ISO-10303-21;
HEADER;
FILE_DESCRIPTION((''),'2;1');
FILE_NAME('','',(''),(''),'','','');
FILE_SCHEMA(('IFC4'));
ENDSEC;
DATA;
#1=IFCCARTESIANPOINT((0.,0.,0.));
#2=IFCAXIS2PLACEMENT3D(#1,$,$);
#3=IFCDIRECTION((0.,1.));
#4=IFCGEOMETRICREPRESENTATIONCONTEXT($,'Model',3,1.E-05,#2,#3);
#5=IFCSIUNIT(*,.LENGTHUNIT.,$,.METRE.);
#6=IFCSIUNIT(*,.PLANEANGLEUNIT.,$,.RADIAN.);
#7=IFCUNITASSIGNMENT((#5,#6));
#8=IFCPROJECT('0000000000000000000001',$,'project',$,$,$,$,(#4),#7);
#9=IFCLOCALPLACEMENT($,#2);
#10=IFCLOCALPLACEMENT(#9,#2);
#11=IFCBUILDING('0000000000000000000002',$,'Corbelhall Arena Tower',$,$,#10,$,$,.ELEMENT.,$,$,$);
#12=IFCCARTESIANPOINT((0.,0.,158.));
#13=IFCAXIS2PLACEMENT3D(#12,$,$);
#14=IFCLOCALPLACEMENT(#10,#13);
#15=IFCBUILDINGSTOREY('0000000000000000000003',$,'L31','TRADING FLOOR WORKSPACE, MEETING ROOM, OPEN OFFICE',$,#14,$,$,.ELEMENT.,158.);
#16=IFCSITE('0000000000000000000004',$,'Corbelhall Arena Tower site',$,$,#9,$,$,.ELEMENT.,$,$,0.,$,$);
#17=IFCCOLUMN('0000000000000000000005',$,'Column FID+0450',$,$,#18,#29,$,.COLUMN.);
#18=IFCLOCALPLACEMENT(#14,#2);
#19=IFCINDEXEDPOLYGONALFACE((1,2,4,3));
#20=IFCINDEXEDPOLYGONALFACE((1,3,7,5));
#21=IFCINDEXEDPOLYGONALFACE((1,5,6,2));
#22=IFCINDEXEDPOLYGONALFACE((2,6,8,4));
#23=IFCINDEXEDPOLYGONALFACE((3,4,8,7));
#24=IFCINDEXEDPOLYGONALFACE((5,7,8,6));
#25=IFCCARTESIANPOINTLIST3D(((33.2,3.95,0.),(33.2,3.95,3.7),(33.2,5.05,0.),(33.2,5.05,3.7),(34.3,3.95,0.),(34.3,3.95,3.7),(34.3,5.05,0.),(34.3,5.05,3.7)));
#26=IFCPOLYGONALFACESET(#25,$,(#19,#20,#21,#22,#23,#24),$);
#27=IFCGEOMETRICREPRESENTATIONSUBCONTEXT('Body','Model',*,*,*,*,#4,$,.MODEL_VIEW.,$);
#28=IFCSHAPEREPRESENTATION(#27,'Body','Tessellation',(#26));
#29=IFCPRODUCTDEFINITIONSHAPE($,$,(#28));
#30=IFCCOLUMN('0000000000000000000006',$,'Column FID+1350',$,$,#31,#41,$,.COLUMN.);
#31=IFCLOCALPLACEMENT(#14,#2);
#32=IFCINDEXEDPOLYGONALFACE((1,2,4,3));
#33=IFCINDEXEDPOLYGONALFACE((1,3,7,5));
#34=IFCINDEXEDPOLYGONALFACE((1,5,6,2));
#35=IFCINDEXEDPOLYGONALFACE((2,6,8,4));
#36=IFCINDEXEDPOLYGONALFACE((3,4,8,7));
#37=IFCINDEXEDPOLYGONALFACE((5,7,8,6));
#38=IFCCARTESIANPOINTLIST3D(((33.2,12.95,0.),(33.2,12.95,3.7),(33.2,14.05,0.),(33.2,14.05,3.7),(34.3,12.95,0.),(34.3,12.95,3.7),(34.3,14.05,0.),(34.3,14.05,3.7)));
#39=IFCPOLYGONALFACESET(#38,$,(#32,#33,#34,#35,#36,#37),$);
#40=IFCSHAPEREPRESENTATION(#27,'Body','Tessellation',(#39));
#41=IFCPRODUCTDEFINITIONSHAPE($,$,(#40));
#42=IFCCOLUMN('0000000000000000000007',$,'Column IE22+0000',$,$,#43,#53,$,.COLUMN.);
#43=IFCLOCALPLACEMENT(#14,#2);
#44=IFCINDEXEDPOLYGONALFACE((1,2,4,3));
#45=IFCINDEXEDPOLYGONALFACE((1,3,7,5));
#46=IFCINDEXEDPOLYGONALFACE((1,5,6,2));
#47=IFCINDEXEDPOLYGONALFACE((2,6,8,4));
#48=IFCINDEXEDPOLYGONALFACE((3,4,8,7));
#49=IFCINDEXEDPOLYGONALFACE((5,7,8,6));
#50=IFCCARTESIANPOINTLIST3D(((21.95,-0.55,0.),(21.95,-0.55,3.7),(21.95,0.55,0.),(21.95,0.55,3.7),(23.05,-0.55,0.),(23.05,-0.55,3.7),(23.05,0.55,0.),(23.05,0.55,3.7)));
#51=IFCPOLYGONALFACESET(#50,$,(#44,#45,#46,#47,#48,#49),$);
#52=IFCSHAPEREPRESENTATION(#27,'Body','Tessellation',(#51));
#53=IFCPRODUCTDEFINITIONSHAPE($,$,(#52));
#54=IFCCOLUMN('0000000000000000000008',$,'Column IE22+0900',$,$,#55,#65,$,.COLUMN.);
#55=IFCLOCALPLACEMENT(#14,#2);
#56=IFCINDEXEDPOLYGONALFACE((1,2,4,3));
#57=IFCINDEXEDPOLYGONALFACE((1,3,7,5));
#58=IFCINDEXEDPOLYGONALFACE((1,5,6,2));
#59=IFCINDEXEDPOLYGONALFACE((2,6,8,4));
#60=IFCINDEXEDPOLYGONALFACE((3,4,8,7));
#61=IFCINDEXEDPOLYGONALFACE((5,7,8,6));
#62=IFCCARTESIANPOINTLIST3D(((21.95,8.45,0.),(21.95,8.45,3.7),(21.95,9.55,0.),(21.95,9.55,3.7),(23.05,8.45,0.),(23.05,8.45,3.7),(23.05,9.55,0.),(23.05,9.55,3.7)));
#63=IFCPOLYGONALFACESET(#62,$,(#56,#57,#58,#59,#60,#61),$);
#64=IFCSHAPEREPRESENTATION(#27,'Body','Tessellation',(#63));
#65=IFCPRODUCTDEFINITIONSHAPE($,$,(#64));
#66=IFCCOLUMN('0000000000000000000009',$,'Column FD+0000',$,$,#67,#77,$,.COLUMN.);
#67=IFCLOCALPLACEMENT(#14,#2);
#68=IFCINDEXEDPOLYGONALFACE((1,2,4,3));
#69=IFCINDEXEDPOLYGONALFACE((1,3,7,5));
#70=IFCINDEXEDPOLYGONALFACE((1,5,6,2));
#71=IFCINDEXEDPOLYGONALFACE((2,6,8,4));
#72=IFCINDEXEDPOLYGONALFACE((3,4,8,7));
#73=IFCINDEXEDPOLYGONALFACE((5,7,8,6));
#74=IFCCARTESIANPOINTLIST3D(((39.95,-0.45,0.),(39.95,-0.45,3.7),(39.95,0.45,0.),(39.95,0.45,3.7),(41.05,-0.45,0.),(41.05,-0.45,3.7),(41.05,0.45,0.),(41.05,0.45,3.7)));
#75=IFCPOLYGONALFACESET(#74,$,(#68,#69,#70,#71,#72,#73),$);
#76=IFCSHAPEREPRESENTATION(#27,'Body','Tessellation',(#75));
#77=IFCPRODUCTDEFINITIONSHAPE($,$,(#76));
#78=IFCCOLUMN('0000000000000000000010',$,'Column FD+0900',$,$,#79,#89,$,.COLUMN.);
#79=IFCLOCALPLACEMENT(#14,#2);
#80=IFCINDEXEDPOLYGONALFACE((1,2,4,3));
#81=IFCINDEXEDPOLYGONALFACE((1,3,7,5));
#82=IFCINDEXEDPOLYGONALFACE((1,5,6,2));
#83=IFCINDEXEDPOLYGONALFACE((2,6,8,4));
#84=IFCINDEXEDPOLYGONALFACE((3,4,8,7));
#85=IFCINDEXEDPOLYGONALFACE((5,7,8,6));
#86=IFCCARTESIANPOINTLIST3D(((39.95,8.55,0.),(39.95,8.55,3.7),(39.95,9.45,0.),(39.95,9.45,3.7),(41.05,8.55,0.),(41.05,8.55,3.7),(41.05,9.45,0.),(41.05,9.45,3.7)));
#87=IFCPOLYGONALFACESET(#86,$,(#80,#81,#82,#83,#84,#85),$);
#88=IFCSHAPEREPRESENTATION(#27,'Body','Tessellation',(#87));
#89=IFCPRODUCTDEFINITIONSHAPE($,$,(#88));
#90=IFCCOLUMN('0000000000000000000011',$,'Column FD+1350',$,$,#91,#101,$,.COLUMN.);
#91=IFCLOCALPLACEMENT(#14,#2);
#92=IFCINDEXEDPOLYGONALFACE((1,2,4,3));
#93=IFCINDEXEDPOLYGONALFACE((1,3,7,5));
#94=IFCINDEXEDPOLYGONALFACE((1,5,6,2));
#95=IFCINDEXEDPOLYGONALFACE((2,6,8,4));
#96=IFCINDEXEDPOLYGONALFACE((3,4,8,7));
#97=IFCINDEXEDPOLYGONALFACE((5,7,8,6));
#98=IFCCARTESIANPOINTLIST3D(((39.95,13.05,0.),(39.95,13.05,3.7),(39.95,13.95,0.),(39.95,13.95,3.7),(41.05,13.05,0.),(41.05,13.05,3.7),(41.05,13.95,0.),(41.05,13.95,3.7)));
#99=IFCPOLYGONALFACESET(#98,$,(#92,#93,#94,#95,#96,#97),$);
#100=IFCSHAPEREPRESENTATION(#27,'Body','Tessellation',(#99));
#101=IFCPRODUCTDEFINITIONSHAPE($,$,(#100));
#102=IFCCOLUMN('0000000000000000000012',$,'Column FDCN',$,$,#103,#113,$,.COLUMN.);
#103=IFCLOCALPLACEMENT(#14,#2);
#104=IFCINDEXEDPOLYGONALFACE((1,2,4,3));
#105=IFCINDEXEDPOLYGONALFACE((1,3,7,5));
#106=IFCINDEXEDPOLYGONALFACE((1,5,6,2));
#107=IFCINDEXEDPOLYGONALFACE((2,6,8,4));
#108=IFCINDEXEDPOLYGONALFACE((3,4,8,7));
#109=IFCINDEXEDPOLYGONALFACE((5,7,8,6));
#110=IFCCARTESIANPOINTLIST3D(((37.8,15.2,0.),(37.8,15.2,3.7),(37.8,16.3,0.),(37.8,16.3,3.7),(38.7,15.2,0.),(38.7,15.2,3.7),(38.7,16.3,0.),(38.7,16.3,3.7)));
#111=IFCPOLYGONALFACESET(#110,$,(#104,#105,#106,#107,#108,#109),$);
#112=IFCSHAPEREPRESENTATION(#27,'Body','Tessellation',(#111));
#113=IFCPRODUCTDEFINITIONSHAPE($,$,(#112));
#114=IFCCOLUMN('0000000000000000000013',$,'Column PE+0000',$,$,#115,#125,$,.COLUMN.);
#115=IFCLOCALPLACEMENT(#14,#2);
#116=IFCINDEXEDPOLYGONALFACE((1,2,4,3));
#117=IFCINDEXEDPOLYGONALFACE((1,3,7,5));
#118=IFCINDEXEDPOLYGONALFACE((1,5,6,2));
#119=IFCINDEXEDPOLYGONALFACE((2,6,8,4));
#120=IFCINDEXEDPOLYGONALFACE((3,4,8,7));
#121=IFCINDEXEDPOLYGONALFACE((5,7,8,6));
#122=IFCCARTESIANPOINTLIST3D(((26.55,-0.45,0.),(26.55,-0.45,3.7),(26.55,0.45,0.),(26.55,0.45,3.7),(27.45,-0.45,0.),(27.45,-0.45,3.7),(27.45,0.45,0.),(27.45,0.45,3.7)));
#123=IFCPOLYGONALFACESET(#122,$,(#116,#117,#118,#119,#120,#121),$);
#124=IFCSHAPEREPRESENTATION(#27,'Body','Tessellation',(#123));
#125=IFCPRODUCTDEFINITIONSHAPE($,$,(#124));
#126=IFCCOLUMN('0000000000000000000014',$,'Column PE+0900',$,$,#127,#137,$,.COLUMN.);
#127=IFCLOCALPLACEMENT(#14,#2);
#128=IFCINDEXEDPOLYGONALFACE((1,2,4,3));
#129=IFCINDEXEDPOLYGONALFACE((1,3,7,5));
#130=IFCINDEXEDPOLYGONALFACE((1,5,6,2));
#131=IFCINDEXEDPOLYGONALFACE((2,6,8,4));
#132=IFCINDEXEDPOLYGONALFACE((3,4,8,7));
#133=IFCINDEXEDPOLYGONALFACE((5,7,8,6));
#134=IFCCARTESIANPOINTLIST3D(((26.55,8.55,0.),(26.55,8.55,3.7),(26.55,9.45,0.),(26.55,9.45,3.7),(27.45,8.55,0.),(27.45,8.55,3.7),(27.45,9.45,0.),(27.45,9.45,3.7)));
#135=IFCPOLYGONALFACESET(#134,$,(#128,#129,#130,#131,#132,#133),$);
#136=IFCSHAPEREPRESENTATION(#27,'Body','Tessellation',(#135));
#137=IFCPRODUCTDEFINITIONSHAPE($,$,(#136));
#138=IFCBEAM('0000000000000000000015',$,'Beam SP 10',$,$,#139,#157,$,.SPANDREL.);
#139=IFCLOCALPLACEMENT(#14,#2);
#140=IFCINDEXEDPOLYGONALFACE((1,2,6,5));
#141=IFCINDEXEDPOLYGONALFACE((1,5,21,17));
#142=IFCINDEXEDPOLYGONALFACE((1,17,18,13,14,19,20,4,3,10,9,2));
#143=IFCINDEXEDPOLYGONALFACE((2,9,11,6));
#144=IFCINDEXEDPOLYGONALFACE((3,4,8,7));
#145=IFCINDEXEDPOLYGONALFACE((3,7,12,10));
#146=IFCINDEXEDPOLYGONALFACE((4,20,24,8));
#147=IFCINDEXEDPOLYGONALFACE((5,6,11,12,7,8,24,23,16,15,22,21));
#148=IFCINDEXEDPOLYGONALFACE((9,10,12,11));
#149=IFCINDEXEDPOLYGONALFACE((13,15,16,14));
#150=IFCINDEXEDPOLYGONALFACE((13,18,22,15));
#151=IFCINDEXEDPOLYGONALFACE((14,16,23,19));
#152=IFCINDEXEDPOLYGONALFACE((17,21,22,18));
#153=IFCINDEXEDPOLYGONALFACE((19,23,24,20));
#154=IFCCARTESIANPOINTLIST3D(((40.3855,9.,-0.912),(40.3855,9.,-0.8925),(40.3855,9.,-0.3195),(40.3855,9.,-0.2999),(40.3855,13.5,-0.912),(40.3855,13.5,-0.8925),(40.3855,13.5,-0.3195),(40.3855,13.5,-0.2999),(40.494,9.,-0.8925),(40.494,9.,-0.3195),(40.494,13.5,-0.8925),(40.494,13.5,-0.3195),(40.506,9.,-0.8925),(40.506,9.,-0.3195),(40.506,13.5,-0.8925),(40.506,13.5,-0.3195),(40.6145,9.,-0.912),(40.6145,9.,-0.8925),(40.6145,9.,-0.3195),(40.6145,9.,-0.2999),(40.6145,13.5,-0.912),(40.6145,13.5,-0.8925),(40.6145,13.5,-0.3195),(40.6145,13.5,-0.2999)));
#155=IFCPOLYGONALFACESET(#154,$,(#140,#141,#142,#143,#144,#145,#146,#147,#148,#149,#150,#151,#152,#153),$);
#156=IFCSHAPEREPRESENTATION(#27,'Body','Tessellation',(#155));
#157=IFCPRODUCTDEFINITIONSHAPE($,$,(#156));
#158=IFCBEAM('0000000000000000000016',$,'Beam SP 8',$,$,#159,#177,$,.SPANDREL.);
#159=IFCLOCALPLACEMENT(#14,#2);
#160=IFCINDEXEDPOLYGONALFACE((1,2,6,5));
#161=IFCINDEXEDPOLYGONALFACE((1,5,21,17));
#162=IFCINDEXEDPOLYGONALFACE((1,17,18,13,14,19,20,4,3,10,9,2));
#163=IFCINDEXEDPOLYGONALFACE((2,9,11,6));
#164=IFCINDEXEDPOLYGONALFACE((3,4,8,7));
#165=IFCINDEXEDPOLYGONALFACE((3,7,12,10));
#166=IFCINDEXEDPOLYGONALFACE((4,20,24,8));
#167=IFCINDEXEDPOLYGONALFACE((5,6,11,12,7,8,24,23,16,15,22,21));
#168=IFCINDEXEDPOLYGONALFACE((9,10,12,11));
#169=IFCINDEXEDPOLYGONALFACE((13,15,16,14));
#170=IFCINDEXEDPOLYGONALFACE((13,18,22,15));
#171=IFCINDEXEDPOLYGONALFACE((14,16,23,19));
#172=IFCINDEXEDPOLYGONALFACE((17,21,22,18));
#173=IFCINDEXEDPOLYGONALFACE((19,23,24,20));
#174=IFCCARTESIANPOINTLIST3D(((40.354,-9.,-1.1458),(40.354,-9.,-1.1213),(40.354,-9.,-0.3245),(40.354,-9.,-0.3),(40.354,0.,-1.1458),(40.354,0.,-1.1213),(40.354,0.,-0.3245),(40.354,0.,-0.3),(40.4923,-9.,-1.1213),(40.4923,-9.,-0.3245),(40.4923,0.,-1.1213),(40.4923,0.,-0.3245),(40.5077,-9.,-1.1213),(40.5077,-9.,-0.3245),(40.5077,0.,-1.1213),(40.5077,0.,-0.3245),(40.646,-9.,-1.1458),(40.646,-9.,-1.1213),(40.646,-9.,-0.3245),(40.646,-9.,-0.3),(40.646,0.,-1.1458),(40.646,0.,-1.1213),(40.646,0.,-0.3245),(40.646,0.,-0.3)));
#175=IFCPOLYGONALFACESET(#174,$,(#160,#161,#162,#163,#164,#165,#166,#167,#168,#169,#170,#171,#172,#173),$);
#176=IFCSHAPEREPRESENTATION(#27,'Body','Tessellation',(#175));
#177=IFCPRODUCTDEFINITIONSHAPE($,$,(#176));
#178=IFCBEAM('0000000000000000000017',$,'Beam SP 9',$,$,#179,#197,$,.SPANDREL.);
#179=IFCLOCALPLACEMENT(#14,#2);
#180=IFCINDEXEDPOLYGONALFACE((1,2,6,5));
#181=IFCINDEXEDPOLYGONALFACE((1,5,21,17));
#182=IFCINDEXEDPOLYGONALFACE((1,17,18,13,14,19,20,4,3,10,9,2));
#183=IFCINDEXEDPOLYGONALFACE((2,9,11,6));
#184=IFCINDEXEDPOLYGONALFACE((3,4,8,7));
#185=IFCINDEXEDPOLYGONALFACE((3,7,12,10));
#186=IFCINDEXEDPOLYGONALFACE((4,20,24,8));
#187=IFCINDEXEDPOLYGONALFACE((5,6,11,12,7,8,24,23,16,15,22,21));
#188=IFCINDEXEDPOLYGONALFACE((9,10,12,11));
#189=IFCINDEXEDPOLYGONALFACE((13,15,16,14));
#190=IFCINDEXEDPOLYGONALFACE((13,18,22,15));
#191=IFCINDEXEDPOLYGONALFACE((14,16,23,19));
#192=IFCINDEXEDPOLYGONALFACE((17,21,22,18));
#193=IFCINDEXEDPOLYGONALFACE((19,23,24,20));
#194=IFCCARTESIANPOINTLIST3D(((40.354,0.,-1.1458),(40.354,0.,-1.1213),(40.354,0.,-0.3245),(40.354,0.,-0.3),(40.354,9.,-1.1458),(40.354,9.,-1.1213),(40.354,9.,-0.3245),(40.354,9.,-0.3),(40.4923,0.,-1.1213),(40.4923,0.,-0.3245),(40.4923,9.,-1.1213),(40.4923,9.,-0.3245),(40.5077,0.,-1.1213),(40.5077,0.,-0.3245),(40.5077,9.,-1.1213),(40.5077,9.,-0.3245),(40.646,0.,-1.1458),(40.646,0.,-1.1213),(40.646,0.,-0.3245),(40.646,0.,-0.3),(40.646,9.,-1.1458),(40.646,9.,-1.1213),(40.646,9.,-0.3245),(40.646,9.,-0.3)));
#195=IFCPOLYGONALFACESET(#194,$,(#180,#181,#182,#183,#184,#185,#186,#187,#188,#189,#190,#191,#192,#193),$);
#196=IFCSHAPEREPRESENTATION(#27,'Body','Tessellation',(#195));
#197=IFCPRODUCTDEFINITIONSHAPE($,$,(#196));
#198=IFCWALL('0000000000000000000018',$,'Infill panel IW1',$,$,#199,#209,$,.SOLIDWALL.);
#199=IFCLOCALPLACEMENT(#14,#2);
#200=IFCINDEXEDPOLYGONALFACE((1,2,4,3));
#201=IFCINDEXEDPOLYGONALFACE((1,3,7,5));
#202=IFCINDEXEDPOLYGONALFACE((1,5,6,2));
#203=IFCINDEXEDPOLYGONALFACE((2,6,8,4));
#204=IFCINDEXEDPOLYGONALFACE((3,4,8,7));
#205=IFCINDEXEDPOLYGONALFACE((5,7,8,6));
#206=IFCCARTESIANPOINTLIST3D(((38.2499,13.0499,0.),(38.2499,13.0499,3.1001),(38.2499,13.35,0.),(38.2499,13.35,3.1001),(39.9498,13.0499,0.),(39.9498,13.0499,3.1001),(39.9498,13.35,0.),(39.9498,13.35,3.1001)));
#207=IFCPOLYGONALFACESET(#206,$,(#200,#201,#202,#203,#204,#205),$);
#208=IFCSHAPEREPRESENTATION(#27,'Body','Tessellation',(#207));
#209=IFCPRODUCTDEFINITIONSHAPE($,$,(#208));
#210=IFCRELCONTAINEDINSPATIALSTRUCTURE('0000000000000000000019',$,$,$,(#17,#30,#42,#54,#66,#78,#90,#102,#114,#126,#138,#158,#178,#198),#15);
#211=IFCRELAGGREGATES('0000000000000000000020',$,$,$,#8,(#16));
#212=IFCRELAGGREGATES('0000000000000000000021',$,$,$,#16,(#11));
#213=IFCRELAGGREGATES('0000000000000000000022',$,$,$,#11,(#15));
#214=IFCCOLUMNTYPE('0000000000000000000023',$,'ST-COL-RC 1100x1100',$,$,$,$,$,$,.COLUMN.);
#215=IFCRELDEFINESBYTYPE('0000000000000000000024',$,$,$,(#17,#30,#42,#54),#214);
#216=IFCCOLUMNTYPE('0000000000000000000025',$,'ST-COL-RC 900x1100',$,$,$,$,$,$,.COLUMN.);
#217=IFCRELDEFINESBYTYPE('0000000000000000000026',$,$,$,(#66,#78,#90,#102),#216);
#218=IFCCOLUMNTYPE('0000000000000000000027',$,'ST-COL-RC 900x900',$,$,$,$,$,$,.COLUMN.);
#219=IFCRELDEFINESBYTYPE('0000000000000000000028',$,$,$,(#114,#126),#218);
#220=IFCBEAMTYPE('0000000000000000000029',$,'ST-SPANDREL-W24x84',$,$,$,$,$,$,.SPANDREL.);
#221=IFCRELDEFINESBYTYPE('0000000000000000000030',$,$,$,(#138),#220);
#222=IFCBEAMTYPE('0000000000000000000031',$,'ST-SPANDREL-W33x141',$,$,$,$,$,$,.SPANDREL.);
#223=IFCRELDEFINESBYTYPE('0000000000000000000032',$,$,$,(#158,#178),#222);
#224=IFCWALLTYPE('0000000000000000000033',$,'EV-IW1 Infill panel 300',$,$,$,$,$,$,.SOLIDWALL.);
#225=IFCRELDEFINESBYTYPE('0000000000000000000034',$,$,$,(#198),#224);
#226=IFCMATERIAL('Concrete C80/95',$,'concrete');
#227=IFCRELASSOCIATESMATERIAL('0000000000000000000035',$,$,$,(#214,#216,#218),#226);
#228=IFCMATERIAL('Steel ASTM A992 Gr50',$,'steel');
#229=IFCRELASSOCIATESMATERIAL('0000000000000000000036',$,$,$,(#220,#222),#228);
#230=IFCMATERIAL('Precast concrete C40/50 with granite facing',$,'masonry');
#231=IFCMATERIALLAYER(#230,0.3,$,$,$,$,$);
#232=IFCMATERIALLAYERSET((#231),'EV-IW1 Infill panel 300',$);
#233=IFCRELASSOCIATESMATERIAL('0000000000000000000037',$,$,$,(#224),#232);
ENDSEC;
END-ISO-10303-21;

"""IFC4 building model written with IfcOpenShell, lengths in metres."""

from ifc_helpers import new_model, si_unit, direction, frame, frame_2d, origin, origin_2d, place, context, subcontext, project, spatial, rectangle, i_section, extrude, material, layer, layer_set, material_profile, profile_set, type_object, element, save


model = new_model("IFC4")

# Units and contexts
model_context = context("Model", 3, precision=1e-05, world=origin(), true_north=direction((0.0, 1.0)))
body_context = subcontext(model_context, "Body", "Model", "MODEL_VIEW")
ifc_project = project(units=[si_unit("LENGTHUNIT", "METRE"), si_unit("PLANEANGLEUNIT", "RADIAN")], contexts=[model_context])

# Site, building, storey
site_placement = place(None, origin())
site = spatial("IfcSite", under=ifc_project, at=site_placement, Name="Corbelhall Arena Tower site", CompositionType="ELEMENT", RefElevation=0.0)
building_placement = place(site_placement, origin())
building = spatial("IfcBuilding", under=site, at=building_placement, Name="Corbelhall Arena Tower", CompositionType="ELEMENT")
storey_placement = place(building_placement, frame((0.0, 0.0, 158.0)))
storey = spatial("IfcBuildingStorey", under=building, at=storey_placement, Name="L31", Description="TRADING FLOOR WORKSPACE, MEETING ROOM, OPEN OFFICE", CompositionType="ELEMENT", Elevation=158.0)

# Columns
ifc_material_1 = material(Name="Concrete C80/95", Category="concrete")
ifc_material_profile_1 = material_profile(ifc_material_1, rectangle(XDim=1.1001, YDim=1.1001, at=origin_2d()))
ifc_profile_set_1 = profile_set([ifc_material_profile_1], Name="Concrete C80/95")
column_type_1 = type_object("IfcColumnType", Name="ST-COL-RC 1100x1100", PredefinedType="COLUMN", material=ifc_profile_set_1)
for number, where, z_axis, x_axis, name in (
    (1, (33.75, 4.5, 0.0), (0.0, 0.0, 1.0), (1.0, 0.0, 0.0), "Column FID+0450"),
    (2, (33.75, 13.5, 0.0), (0.0, 0.0, 1.0), (1.0, 0.0, 0.0), "Column FID+1350"),
    (3, (22.5, 0.0, 0.0), (0.0, 0.0, 1.0), (1.0, 0.0, 0.0), "Column IE22+0000"),
    (4, (22.5, 9.0, 0.0), (0.0, 0.0, 1.0), (1.0, 0.0, 0.0), "Column IE22+0900"),
):
    element("IfcColumn", number, at=place(storey_placement, frame(where, z_axis=z_axis, x_axis=x_axis)), inside=storey, type_object=column_type_1, Name=name, PredefinedType="COLUMN", context=body_context, shape_type="SweptSolid", body=[
        extrude(rectangle(XDim=1.1001, YDim=1.1001, at=origin_2d()), origin(), (0.0, 0.0, 1.0), 3.7),
    ])
ifc_material_profile_2 = material_profile(ifc_material_1, rectangle(XDim=0.8999, YDim=1.1001, at=origin_2d()))
ifc_profile_set_2 = profile_set([ifc_material_profile_2], Name="Concrete C80/95")
column_type_2 = type_object("IfcColumnType", Name="ST-COL-RC 900x1100", PredefinedType="COLUMN", material=ifc_profile_set_2)
for number, where, z_axis, x_axis, name in (
    (5, (40.5, 0.0, 0.0), (0.0, 0.0, 1.0), (0.0, 1.0, 0.0), "Column FD+0000"),
    (6, (40.5, 9.0, 0.0), (0.0, 0.0, 1.0), (0.0, 1.0, 0.0), "Column FD+0900"),
    (7, (40.5, 13.5, 0.0), (0.0, 0.0, 1.0), (0.0, 1.0, 0.0), "Column FD+1350"),
    (8, (38.25, 15.75, 0.0), (0.0, 0.0, 1.0), (1.0, 0.0, 0.0), "Column FDCN"),
):
    element("IfcColumn", number, at=place(storey_placement, frame(where, z_axis=z_axis, x_axis=x_axis)), inside=storey, type_object=column_type_2, Name=name, PredefinedType="COLUMN", context=body_context, shape_type="SweptSolid", body=[
        extrude(rectangle(XDim=0.8999, YDim=1.1001, at=origin_2d()), origin(), (0.0, 0.0, 1.0), 3.7),
    ])
ifc_material_profile_3 = material_profile(ifc_material_1, rectangle(XDim=0.8999, YDim=0.8999, at=origin_2d()))
ifc_profile_set_3 = profile_set([ifc_material_profile_3], Name="Concrete C80/95")
column_type_3 = type_object("IfcColumnType", Name="ST-COL-RC 900x900", PredefinedType="COLUMN", material=ifc_profile_set_3)
for number, where, z_axis, x_axis, name in (
    (9, (27.0, 0.0, 0.0), (0.0, 0.0, 1.0), (1.0, 0.0, 0.0), "Column PE+0000"),
    (10, (27.0, 9.0, 0.0), (0.0, 0.0, 1.0), (1.0, 0.0, 0.0), "Column PE+0900"),
):
    element("IfcColumn", number, at=place(storey_placement, frame(where, z_axis=z_axis, x_axis=x_axis)), inside=storey, type_object=column_type_3, Name=name, PredefinedType="COLUMN", context=body_context, shape_type="SweptSolid", body=[
        extrude(rectangle(XDim=0.8999, YDim=0.8999, at=origin_2d()), origin(), (0.0, 0.0, 1.0), 3.7),
    ])

# Beams
ifc_material_2 = material(Name="Steel ASTM A992 Gr50", Category="steel")
ifc_material_profile_4 = material_profile(ifc_material_2, i_section(OverallWidth=0.229, OverallDepth=0.6121, WebThickness=0.012, FlangeThickness=0.0195, at=origin_2d()))
ifc_profile_set_4 = profile_set([ifc_material_profile_4], Name="Steel ASTM A992 Gr50")
beam_type_1 = type_object("IfcBeamType", Name="ST-SPANDREL-W24x84", PredefinedType="SPANDREL", material=ifc_profile_set_4)
beam_placement = place(storey_placement, frame((40.5, 13.5, -0.606), z_axis=(0.0, -1.0, 0.0), x_axis=(1.0, 0.0, 0.0)))
element("IfcBeam", 11, at=beam_placement, inside=storey, type_object=beam_type_1, Name="Beam SP 10", PredefinedType="SPANDREL", context=body_context, shape_type="SweptSolid", body=[
    extrude(i_section(OverallWidth=0.229, OverallDepth=0.6121, WebThickness=0.012, FlangeThickness=0.0195, at=origin_2d()), origin(), (0.0, 0.0, 1.0), 4.5),
])
ifc_material_profile_5 = material_profile(ifc_material_2, i_section(OverallWidth=0.292, OverallDepth=0.8457, WebThickness=0.0154, FlangeThickness=0.0244, at=origin_2d()))
ifc_profile_set_5 = profile_set([ifc_material_profile_5], Name="Steel ASTM A992 Gr50")
beam_type_2 = type_object("IfcBeamType", Name="ST-SPANDREL-W33x141", PredefinedType="SPANDREL", material=ifc_profile_set_5)
for number, where, z_axis, x_axis, name in (
    (12, (40.5, 0.0, -0.7229), (0.0, -1.0, 0.0), (1.0, 0.0, 0.0), "Beam SP 8"),
    (13, (40.5, 9.0, -0.7229), (0.0, -1.0, 0.0), (1.0, 0.0, 0.0), "Beam SP 9"),
):
    element("IfcBeam", number, at=place(storey_placement, frame(where, z_axis=z_axis, x_axis=x_axis)), inside=storey, type_object=beam_type_2, Name=name, PredefinedType="SPANDREL", context=body_context, shape_type="SweptSolid", body=[
        extrude(i_section(OverallWidth=0.292, OverallDepth=0.8457, WebThickness=0.0154, FlangeThickness=0.0244, at=origin_2d()), origin(), (0.0, 0.0, 1.0), 9.0),
    ])

# Wall
ifc_material_3 = material(Name="Precast concrete C40/50 with granite facing", Category="masonry")
ifc_layer_1 = layer(ifc_material_3, 0.3)
ifc_layer_set_1 = layer_set([ifc_layer_1], Name="EV-IW1 Infill panel 300")
wall_type_1 = type_object("IfcWallType", Name="EV-IW1 Infill panel 300", PredefinedType="SOLIDWALL", material=ifc_layer_set_1)
wall_1_placement = place(storey_placement, frame((39.95, 13.2, 0.0), z_axis=(0.0, 0.0, 1.0), x_axis=(-1.0, 0.0, 0.0)))
element("IfcWall", 14, at=wall_1_placement, inside=storey, type_object=wall_type_1, Name="Infill panel IW1", PredefinedType="SOLIDWALL", context=body_context, shape_type="SweptSolid", body=[
    extrude(rectangle(XDim=1.7, YDim=0.3, at=frame_2d((0.8501, 0.0))), origin(), (0.0, 0.0, 1.0), 3.1001),
])

save(model, "model.ifc")
